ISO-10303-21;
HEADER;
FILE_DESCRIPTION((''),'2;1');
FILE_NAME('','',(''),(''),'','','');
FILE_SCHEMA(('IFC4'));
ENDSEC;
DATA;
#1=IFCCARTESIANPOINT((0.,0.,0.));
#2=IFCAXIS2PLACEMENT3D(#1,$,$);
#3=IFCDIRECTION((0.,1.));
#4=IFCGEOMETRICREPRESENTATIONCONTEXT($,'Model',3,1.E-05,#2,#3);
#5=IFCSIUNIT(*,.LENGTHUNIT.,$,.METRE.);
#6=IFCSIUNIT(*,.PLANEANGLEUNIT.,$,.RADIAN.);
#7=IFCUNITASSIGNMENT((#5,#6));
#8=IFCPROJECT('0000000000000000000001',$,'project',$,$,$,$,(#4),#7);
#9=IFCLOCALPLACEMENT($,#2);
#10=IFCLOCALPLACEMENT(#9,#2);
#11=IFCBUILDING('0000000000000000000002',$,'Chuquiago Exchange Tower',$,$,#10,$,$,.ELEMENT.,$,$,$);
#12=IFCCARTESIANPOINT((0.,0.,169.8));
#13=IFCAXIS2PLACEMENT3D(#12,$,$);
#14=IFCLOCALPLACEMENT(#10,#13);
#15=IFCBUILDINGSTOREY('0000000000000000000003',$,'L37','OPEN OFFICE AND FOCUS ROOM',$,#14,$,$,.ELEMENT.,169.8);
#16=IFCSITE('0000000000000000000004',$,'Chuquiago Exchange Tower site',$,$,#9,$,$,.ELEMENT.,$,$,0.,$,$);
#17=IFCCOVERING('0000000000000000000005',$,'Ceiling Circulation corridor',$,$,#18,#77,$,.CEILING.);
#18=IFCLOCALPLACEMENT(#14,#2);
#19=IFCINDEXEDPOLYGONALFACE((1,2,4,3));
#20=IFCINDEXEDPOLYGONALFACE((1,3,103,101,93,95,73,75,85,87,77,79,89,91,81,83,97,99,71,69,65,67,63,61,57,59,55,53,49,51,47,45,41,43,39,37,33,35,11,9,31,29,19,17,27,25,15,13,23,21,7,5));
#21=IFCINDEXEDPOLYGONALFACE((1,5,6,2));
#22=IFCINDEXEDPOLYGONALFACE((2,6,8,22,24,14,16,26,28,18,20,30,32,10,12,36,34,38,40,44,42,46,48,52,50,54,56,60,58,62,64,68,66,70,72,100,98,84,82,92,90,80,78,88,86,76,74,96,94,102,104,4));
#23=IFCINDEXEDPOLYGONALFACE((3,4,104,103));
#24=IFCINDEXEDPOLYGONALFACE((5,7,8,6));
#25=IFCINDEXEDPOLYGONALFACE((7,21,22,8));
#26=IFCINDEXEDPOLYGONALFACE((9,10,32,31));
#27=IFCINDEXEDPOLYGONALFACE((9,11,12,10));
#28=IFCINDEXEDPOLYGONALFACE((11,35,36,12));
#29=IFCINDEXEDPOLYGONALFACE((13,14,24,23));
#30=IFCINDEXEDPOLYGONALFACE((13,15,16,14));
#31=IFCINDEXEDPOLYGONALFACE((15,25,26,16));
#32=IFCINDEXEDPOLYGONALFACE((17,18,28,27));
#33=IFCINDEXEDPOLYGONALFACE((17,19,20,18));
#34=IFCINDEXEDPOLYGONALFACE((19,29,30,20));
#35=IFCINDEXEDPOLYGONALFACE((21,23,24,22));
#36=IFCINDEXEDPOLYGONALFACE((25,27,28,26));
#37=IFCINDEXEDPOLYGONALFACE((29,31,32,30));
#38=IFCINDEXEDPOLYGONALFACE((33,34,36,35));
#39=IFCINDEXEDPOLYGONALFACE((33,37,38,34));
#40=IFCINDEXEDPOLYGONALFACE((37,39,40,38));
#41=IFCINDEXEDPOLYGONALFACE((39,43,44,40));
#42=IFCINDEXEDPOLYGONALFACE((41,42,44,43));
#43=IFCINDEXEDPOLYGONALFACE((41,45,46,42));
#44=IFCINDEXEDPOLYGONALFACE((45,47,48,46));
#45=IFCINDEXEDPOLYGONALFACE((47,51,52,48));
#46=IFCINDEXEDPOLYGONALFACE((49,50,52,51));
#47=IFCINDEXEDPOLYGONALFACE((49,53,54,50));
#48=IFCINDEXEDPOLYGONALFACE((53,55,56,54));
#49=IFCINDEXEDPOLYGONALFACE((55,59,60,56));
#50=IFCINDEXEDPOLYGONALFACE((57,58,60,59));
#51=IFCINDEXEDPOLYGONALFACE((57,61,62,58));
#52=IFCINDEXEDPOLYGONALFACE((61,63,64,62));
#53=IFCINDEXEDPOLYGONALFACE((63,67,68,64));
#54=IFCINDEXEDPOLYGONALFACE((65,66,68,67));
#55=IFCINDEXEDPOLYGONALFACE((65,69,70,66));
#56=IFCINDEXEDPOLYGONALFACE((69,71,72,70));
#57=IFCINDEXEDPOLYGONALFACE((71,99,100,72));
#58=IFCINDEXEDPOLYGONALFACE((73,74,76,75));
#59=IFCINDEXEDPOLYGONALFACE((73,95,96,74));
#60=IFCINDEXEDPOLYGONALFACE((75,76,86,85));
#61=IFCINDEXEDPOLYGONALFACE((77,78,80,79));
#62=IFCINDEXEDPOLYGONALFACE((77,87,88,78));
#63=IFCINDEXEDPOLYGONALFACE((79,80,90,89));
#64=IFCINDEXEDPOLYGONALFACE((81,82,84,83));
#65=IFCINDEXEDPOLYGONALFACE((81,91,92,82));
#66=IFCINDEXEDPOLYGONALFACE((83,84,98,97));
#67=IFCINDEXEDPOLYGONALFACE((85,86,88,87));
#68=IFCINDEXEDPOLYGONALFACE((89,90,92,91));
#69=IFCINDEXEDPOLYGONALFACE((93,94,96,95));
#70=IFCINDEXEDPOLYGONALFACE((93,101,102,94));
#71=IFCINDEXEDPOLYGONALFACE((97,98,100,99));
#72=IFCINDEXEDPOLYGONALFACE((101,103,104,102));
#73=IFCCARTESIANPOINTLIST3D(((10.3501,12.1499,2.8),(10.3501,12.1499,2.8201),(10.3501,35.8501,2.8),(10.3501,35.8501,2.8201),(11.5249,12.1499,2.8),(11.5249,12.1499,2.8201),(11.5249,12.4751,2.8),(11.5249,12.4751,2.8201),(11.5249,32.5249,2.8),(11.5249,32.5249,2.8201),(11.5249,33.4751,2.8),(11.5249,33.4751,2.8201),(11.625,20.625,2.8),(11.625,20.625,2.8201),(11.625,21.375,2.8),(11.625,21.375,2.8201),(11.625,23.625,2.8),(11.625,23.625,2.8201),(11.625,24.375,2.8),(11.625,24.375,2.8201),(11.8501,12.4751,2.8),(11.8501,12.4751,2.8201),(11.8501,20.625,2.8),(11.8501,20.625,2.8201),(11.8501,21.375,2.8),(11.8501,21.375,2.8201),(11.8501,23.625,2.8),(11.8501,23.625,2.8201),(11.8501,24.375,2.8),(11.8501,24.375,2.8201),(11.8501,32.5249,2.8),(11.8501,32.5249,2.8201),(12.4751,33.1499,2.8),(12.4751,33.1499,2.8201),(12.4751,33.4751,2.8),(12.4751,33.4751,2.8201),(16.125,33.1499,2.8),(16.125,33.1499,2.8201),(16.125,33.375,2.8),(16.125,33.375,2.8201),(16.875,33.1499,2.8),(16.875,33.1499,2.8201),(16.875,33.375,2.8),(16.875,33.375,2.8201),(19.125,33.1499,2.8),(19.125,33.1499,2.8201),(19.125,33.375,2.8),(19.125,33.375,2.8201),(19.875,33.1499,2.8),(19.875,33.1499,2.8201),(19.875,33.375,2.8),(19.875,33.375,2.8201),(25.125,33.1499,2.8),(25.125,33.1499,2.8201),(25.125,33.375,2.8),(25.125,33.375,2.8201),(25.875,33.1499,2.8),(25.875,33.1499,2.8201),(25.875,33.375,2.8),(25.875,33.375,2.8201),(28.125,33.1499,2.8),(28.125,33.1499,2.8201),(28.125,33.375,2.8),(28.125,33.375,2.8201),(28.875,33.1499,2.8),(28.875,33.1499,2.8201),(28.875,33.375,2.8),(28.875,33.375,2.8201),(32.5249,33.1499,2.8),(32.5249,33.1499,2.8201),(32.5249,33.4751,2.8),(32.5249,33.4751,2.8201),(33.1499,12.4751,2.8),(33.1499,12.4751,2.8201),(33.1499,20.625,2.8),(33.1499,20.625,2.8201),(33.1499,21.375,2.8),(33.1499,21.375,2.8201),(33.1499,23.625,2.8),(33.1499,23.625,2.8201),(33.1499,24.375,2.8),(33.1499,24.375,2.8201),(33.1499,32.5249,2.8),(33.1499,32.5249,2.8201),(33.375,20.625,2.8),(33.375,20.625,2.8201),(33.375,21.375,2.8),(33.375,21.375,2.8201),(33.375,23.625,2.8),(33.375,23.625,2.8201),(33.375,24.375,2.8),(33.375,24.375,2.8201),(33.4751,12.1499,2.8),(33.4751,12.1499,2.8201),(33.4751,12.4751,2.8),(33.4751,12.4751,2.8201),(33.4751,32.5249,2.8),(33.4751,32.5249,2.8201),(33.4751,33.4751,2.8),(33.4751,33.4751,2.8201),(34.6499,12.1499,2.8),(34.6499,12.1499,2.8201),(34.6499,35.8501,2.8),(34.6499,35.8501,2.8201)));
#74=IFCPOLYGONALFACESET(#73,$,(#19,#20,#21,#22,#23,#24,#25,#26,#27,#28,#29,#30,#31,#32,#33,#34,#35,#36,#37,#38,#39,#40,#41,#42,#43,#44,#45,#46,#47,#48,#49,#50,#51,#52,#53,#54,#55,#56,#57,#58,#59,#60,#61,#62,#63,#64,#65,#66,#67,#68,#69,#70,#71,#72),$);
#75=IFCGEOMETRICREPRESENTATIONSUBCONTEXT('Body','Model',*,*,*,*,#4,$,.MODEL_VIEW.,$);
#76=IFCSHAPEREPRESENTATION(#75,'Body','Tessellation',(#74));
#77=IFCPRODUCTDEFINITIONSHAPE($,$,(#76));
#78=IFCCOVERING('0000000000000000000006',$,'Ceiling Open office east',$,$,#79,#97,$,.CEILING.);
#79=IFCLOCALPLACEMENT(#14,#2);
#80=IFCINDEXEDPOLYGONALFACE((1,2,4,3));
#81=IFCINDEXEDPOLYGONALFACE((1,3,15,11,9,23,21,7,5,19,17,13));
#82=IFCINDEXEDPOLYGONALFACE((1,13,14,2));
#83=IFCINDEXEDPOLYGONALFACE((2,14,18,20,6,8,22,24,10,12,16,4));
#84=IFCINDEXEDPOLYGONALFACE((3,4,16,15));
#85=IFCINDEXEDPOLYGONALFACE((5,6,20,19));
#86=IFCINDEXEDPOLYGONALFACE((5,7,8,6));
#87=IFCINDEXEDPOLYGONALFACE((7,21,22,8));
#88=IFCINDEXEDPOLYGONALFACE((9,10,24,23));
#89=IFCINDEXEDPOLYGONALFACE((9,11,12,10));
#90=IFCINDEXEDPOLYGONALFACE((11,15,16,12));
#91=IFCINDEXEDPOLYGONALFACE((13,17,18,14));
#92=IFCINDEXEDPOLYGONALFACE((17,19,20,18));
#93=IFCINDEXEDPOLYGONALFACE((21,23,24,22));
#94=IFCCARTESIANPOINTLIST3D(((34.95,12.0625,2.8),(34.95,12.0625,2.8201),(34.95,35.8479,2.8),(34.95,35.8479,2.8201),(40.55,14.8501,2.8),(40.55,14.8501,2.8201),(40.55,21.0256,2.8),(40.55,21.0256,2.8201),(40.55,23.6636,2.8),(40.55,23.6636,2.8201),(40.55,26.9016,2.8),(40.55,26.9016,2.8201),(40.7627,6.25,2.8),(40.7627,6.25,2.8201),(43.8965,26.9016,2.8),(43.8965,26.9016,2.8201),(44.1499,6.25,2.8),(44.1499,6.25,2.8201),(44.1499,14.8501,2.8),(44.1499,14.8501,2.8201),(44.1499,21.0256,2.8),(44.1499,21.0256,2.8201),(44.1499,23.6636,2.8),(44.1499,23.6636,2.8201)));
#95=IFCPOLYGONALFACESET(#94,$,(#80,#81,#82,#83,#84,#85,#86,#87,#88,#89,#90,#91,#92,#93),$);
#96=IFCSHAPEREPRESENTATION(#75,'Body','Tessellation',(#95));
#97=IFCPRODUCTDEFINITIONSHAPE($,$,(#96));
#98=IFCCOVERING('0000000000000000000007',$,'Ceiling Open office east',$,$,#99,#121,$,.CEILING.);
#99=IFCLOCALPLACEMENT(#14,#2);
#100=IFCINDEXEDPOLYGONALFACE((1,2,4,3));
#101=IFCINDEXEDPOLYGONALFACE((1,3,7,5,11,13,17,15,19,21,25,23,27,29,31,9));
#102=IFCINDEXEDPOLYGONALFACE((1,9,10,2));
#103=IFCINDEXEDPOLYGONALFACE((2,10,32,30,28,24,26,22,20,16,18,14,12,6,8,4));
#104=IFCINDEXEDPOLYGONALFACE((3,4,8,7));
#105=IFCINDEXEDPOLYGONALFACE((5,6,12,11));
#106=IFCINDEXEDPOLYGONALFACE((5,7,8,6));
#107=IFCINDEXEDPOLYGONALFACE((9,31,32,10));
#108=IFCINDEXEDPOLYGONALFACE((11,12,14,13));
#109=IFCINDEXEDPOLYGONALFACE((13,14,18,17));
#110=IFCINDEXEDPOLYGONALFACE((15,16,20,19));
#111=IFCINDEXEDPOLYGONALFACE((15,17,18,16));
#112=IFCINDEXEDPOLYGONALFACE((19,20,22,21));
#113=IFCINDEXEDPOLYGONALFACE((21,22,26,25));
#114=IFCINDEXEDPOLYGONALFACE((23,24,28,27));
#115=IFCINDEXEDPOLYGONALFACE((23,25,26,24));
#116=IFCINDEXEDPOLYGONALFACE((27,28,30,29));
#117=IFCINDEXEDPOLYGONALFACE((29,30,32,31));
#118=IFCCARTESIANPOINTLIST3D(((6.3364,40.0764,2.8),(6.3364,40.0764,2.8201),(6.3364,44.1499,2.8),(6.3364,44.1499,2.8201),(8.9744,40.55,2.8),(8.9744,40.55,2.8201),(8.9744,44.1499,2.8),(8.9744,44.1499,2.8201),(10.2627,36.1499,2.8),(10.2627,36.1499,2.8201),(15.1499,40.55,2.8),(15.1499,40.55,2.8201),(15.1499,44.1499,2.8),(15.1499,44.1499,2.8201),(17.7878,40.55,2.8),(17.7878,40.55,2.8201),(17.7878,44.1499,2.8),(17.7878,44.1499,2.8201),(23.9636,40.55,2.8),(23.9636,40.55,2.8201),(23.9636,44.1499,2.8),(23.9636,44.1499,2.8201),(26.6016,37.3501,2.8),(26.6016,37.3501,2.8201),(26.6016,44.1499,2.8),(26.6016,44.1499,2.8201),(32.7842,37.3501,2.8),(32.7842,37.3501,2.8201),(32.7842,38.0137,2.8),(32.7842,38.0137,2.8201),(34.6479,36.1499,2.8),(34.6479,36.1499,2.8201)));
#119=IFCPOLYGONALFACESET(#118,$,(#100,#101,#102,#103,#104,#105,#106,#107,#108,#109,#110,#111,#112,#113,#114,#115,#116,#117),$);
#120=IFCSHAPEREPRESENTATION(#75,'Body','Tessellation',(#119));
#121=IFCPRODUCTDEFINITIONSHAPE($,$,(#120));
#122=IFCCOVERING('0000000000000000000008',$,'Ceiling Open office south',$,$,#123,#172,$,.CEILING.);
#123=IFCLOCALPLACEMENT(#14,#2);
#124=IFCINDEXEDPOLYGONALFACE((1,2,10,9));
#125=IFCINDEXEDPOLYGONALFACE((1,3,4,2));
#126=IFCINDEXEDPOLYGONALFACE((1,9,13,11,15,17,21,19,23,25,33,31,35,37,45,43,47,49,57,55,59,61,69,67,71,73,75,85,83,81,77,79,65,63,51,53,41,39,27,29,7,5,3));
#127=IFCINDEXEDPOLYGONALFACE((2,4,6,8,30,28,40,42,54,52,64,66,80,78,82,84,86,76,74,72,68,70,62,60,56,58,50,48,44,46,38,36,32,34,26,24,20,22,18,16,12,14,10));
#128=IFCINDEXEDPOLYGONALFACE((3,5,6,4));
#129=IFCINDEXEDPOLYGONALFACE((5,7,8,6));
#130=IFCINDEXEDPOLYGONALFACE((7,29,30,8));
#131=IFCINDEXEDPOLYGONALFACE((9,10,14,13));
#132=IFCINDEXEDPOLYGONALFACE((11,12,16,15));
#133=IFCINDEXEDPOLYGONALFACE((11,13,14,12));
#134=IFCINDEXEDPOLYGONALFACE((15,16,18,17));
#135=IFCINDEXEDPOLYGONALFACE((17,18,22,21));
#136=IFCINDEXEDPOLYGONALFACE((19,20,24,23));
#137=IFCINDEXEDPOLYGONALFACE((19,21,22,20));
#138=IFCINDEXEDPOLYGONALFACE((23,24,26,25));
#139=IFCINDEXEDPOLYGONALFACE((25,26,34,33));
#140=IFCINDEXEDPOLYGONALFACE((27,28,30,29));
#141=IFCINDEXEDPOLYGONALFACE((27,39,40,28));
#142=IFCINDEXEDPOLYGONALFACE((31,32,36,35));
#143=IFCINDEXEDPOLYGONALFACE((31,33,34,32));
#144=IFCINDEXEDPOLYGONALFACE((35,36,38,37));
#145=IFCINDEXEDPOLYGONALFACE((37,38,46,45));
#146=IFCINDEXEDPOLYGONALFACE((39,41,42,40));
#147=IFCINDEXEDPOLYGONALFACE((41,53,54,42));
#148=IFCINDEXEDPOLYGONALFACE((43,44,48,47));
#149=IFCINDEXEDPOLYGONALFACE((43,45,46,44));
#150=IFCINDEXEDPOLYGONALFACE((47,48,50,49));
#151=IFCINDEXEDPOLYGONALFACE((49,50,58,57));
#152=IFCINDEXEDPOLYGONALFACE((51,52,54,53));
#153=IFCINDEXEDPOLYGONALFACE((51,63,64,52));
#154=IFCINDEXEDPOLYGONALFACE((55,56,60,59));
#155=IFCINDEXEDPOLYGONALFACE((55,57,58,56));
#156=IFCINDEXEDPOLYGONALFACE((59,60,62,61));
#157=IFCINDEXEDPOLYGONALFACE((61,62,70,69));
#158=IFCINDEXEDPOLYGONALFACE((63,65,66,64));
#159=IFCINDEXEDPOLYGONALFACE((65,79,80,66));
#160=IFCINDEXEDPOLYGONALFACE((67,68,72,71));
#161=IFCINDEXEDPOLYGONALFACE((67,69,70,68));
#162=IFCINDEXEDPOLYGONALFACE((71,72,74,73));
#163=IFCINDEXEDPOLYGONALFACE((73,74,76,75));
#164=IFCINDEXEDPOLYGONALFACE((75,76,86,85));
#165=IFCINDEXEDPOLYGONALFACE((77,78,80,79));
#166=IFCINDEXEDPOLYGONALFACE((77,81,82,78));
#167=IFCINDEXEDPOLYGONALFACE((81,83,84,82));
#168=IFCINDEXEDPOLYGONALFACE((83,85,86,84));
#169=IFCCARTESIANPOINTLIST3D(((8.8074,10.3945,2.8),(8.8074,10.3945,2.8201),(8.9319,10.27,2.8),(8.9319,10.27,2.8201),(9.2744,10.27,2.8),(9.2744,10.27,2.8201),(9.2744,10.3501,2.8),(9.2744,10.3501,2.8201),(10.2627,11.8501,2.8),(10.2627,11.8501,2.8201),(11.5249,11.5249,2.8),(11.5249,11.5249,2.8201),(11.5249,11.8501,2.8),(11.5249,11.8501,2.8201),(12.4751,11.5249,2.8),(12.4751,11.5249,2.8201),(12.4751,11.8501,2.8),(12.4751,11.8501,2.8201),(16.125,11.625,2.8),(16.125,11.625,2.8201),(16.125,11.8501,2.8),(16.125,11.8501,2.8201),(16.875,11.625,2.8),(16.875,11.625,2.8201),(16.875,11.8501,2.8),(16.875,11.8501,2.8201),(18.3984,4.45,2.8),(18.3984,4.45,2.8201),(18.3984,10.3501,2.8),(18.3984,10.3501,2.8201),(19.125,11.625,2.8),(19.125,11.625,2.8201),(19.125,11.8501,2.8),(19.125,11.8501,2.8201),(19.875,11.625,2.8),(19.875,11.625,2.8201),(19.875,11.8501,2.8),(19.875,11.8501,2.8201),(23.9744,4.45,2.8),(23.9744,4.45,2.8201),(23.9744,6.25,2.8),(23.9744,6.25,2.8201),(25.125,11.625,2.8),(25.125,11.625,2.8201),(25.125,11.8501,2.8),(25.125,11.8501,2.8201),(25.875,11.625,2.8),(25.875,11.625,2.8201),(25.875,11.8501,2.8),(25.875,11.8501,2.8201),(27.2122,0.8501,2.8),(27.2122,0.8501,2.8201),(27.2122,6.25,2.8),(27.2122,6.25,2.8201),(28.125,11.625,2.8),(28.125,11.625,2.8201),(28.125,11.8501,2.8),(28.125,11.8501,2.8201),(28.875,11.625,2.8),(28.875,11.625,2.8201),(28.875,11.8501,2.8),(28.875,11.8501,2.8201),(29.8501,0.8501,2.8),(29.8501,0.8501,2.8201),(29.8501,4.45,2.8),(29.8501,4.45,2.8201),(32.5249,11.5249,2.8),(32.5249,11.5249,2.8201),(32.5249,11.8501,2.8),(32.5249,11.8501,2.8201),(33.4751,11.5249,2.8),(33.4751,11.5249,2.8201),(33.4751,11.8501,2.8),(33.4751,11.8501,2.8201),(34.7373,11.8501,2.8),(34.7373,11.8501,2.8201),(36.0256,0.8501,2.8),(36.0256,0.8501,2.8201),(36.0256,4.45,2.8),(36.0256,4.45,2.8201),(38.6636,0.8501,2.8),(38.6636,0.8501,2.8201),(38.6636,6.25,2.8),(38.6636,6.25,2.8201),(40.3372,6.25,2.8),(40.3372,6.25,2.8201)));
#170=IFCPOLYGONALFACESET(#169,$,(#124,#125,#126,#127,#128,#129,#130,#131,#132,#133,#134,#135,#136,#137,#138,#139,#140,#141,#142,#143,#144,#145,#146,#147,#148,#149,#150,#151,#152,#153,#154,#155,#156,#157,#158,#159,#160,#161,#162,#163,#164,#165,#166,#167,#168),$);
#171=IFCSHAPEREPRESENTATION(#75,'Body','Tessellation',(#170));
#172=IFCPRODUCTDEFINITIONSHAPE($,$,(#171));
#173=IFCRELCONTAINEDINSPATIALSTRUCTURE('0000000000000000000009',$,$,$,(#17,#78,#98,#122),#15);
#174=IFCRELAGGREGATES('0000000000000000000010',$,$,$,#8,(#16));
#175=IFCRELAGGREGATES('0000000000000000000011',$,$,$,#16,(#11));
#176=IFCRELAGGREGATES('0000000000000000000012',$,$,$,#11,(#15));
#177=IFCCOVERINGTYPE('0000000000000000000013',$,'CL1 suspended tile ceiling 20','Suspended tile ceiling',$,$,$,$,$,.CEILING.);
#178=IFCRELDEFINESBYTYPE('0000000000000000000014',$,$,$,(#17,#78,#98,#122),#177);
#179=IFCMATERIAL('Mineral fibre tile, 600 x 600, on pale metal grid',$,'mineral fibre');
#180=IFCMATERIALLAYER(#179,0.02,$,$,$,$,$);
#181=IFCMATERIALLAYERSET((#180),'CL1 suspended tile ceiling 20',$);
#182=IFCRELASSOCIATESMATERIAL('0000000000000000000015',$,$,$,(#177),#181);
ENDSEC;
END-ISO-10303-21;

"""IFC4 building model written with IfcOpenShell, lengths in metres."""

from ifc_helpers import new_model, si_unit, direction, frame, origin, place, context, subcontext, project, spatial, polyline, outline, extrude, material, layer, layer_set, type_object, element, save


model = new_model("IFC4")

# Units and contexts
model_context = context("Model", 3, precision=1e-05, world=origin(), true_north=direction((0.0, 1.0)))
body_context = subcontext(model_context, "Body", "Model", "MODEL_VIEW")
ifc_project = project(units=[si_unit("LENGTHUNIT", "METRE"), si_unit("PLANEANGLEUNIT", "RADIAN")], contexts=[model_context])

# Site, building, storey
site_placement = place(None, origin())
site = spatial("IfcSite", under=ifc_project, at=site_placement, Name="Chuquiago Exchange Tower site", CompositionType="ELEMENT", RefElevation=0.0)
building_placement = place(site_placement, origin())
building = spatial("IfcBuilding", under=site, at=building_placement, Name="Chuquiago Exchange Tower", CompositionType="ELEMENT")
storey_placement = place(building_placement, frame((0.0, 0.0, 169.8)))
storey = spatial("IfcBuildingStorey", under=building, at=storey_placement, Name="L37", Description="OPEN OFFICE AND FOCUS ROOM", CompositionType="ELEMENT", Elevation=169.8)

# Coverings
ifc_material_1 = material(Name="Mineral fibre tile, 600 x 600, on pale metal grid", Category="mineral fibre")
ifc_layer_1 = layer(ifc_material_1, 0.02)
ifc_layer_set_1 = layer_set([ifc_layer_1], Name="CL1 suspended tile ceiling 20")
covering_type_1 = type_object("IfcCoveringType", Name="CL1 suspended tile ceiling 20", Description="Suspended tile ceiling", PredefinedType="CEILING", material=ifc_layer_set_1)
covering_1_placement = place(storey_placement, frame((0.0, 0.0, 2.8)))
element("IfcCovering", 1, at=covering_1_placement, inside=storey, type_object=covering_type_1, Name="Ceiling Circulation corridor", PredefinedType="CEILING", context=body_context, shape_type="SweptSolid", body=[
    extrude(outline(polyline([(10.3501, 12.1499), (10.3501, 35.8501), (34.6499, 35.8501), (34.6499, 12.1499), (33.4751, 12.1499), (33.4751, 12.4751), (33.1499, 12.4751), (33.1499, 20.625), (33.375, 20.625), (33.375, 21.375), (33.1499, 21.375), (33.1499, 23.625), (33.375, 23.625), (33.375, 24.375), (33.1499, 24.375), (33.1499, 32.5249), (33.4751, 32.5249), (33.4751, 33.4751), (32.5249, 33.4751), (32.5249, 33.1499), (28.875, 33.1499), (28.875, 33.375), (28.125, 33.375), (28.125, 33.1499), (25.875, 33.1499), (25.875, 33.375), (25.125, 33.375), (25.125, 33.1499), (19.875, 33.1499), (19.875, 33.375), (19.125, 33.375), (19.125, 33.1499), (16.875, 33.1499), (16.875, 33.375), (16.125, 33.375), (16.125, 33.1499), (12.4751, 33.1499), (12.4751, 33.4751), (11.5249, 33.4751), (11.5249, 32.5249), (11.8501, 32.5249), (11.8501, 24.375), (11.625, 24.375), (11.625, 23.625), (11.8501, 23.625), (11.8501, 21.375), (11.625, 21.375), (11.625, 20.625), (11.8501, 20.625), (11.8501, 12.4751), (11.5249, 12.4751), (11.5249, 12.1499), (10.3501, 12.1499)])), origin(), (0.0, 0.0, 1.0), 0.02),
])
covering_2_placement = place(storey_placement, frame((0.0, 0.0, 2.8)))
element("IfcCovering", 2, at=covering_2_placement, inside=storey, type_object=covering_type_1, Name="Ceiling Open office east", PredefinedType="CEILING", context=body_context, shape_type="SweptSolid", body=[
    extrude(outline(polyline([(43.8965, 26.9016), (40.55, 26.9016), (40.55, 23.6636), (44.1499, 23.6636), (44.1499, 21.0256), (40.55, 21.0256), (40.55, 14.8501), (44.1499, 14.8501), (44.1499, 6.25), (40.7627, 6.25), (34.95, 12.0625), (34.95, 35.8479), (43.8965, 26.9016)])), origin(), (0.0, 0.0, 1.0), 0.02),
])
covering_3_placement = place(storey_placement, frame((0.0, 0.0, 2.8)))
element("IfcCovering", 3, at=covering_3_placement, inside=storey, type_object=covering_type_1, Name="Ceiling Open office east", PredefinedType="CEILING", context=body_context, shape_type="SweptSolid", body=[
    extrude(outline(polyline([(8.9744, 44.1499), (8.9744, 40.55), (15.1499, 40.55), (15.1499, 44.1499), (17.7878, 44.1499), (17.7878, 40.55), (23.9636, 40.55), (23.9636, 44.1499), (26.6016, 44.1499), (26.6016, 37.3501), (32.7842, 37.3501), (32.7842, 38.0137), (34.6479, 36.1499), (10.2627, 36.1499), (6.3364, 40.0764), (6.3364, 44.1499), (8.9744, 44.1499)])), origin(), (0.0, 0.0, 1.0), 0.02),
])
covering_4_placement = place(storey_placement, frame((0.0, 0.0, 2.8)))
element("IfcCovering", 4, at=covering_4_placement, inside=storey, type_object=covering_type_1, Name="Ceiling Open office south", PredefinedType="CEILING", context=body_context, shape_type="SweptSolid", body=[
    extrude(outline(polyline([(38.6636, 0.8501), (36.0256, 0.8501), (36.0256, 4.45), (29.8501, 4.45), (29.8501, 0.8501), (27.2122, 0.8501), (27.2122, 6.25), (23.9744, 6.25), (23.9744, 4.45), (18.3984, 4.45), (18.3984, 10.3501), (9.2744, 10.3501), (9.2744, 10.27), (8.9319, 10.27), (8.8074, 10.3945), (10.2627, 11.8501), (11.5249, 11.8501), (11.5249, 11.5249), (12.4751, 11.5249), (12.4751, 11.8501), (16.125, 11.8501), (16.125, 11.625), (16.875, 11.625), (16.875, 11.8501), (19.125, 11.8501), (19.125, 11.625), (19.875, 11.625), (19.875, 11.8501), (25.125, 11.8501), (25.125, 11.625), (25.875, 11.625), (25.875, 11.8501), (28.125, 11.8501), (28.125, 11.625), (28.875, 11.625), (28.875, 11.8501), (32.5249, 11.8501), (32.5249, 11.5249), (33.4751, 11.5249), (33.4751, 11.8501), (34.7373, 11.8501), (40.3372, 6.25), (38.6636, 6.25), (38.6636, 0.8501)])), origin(), (0.0, 0.0, 1.0), 0.02),
])

save(model, "model.ifc")
